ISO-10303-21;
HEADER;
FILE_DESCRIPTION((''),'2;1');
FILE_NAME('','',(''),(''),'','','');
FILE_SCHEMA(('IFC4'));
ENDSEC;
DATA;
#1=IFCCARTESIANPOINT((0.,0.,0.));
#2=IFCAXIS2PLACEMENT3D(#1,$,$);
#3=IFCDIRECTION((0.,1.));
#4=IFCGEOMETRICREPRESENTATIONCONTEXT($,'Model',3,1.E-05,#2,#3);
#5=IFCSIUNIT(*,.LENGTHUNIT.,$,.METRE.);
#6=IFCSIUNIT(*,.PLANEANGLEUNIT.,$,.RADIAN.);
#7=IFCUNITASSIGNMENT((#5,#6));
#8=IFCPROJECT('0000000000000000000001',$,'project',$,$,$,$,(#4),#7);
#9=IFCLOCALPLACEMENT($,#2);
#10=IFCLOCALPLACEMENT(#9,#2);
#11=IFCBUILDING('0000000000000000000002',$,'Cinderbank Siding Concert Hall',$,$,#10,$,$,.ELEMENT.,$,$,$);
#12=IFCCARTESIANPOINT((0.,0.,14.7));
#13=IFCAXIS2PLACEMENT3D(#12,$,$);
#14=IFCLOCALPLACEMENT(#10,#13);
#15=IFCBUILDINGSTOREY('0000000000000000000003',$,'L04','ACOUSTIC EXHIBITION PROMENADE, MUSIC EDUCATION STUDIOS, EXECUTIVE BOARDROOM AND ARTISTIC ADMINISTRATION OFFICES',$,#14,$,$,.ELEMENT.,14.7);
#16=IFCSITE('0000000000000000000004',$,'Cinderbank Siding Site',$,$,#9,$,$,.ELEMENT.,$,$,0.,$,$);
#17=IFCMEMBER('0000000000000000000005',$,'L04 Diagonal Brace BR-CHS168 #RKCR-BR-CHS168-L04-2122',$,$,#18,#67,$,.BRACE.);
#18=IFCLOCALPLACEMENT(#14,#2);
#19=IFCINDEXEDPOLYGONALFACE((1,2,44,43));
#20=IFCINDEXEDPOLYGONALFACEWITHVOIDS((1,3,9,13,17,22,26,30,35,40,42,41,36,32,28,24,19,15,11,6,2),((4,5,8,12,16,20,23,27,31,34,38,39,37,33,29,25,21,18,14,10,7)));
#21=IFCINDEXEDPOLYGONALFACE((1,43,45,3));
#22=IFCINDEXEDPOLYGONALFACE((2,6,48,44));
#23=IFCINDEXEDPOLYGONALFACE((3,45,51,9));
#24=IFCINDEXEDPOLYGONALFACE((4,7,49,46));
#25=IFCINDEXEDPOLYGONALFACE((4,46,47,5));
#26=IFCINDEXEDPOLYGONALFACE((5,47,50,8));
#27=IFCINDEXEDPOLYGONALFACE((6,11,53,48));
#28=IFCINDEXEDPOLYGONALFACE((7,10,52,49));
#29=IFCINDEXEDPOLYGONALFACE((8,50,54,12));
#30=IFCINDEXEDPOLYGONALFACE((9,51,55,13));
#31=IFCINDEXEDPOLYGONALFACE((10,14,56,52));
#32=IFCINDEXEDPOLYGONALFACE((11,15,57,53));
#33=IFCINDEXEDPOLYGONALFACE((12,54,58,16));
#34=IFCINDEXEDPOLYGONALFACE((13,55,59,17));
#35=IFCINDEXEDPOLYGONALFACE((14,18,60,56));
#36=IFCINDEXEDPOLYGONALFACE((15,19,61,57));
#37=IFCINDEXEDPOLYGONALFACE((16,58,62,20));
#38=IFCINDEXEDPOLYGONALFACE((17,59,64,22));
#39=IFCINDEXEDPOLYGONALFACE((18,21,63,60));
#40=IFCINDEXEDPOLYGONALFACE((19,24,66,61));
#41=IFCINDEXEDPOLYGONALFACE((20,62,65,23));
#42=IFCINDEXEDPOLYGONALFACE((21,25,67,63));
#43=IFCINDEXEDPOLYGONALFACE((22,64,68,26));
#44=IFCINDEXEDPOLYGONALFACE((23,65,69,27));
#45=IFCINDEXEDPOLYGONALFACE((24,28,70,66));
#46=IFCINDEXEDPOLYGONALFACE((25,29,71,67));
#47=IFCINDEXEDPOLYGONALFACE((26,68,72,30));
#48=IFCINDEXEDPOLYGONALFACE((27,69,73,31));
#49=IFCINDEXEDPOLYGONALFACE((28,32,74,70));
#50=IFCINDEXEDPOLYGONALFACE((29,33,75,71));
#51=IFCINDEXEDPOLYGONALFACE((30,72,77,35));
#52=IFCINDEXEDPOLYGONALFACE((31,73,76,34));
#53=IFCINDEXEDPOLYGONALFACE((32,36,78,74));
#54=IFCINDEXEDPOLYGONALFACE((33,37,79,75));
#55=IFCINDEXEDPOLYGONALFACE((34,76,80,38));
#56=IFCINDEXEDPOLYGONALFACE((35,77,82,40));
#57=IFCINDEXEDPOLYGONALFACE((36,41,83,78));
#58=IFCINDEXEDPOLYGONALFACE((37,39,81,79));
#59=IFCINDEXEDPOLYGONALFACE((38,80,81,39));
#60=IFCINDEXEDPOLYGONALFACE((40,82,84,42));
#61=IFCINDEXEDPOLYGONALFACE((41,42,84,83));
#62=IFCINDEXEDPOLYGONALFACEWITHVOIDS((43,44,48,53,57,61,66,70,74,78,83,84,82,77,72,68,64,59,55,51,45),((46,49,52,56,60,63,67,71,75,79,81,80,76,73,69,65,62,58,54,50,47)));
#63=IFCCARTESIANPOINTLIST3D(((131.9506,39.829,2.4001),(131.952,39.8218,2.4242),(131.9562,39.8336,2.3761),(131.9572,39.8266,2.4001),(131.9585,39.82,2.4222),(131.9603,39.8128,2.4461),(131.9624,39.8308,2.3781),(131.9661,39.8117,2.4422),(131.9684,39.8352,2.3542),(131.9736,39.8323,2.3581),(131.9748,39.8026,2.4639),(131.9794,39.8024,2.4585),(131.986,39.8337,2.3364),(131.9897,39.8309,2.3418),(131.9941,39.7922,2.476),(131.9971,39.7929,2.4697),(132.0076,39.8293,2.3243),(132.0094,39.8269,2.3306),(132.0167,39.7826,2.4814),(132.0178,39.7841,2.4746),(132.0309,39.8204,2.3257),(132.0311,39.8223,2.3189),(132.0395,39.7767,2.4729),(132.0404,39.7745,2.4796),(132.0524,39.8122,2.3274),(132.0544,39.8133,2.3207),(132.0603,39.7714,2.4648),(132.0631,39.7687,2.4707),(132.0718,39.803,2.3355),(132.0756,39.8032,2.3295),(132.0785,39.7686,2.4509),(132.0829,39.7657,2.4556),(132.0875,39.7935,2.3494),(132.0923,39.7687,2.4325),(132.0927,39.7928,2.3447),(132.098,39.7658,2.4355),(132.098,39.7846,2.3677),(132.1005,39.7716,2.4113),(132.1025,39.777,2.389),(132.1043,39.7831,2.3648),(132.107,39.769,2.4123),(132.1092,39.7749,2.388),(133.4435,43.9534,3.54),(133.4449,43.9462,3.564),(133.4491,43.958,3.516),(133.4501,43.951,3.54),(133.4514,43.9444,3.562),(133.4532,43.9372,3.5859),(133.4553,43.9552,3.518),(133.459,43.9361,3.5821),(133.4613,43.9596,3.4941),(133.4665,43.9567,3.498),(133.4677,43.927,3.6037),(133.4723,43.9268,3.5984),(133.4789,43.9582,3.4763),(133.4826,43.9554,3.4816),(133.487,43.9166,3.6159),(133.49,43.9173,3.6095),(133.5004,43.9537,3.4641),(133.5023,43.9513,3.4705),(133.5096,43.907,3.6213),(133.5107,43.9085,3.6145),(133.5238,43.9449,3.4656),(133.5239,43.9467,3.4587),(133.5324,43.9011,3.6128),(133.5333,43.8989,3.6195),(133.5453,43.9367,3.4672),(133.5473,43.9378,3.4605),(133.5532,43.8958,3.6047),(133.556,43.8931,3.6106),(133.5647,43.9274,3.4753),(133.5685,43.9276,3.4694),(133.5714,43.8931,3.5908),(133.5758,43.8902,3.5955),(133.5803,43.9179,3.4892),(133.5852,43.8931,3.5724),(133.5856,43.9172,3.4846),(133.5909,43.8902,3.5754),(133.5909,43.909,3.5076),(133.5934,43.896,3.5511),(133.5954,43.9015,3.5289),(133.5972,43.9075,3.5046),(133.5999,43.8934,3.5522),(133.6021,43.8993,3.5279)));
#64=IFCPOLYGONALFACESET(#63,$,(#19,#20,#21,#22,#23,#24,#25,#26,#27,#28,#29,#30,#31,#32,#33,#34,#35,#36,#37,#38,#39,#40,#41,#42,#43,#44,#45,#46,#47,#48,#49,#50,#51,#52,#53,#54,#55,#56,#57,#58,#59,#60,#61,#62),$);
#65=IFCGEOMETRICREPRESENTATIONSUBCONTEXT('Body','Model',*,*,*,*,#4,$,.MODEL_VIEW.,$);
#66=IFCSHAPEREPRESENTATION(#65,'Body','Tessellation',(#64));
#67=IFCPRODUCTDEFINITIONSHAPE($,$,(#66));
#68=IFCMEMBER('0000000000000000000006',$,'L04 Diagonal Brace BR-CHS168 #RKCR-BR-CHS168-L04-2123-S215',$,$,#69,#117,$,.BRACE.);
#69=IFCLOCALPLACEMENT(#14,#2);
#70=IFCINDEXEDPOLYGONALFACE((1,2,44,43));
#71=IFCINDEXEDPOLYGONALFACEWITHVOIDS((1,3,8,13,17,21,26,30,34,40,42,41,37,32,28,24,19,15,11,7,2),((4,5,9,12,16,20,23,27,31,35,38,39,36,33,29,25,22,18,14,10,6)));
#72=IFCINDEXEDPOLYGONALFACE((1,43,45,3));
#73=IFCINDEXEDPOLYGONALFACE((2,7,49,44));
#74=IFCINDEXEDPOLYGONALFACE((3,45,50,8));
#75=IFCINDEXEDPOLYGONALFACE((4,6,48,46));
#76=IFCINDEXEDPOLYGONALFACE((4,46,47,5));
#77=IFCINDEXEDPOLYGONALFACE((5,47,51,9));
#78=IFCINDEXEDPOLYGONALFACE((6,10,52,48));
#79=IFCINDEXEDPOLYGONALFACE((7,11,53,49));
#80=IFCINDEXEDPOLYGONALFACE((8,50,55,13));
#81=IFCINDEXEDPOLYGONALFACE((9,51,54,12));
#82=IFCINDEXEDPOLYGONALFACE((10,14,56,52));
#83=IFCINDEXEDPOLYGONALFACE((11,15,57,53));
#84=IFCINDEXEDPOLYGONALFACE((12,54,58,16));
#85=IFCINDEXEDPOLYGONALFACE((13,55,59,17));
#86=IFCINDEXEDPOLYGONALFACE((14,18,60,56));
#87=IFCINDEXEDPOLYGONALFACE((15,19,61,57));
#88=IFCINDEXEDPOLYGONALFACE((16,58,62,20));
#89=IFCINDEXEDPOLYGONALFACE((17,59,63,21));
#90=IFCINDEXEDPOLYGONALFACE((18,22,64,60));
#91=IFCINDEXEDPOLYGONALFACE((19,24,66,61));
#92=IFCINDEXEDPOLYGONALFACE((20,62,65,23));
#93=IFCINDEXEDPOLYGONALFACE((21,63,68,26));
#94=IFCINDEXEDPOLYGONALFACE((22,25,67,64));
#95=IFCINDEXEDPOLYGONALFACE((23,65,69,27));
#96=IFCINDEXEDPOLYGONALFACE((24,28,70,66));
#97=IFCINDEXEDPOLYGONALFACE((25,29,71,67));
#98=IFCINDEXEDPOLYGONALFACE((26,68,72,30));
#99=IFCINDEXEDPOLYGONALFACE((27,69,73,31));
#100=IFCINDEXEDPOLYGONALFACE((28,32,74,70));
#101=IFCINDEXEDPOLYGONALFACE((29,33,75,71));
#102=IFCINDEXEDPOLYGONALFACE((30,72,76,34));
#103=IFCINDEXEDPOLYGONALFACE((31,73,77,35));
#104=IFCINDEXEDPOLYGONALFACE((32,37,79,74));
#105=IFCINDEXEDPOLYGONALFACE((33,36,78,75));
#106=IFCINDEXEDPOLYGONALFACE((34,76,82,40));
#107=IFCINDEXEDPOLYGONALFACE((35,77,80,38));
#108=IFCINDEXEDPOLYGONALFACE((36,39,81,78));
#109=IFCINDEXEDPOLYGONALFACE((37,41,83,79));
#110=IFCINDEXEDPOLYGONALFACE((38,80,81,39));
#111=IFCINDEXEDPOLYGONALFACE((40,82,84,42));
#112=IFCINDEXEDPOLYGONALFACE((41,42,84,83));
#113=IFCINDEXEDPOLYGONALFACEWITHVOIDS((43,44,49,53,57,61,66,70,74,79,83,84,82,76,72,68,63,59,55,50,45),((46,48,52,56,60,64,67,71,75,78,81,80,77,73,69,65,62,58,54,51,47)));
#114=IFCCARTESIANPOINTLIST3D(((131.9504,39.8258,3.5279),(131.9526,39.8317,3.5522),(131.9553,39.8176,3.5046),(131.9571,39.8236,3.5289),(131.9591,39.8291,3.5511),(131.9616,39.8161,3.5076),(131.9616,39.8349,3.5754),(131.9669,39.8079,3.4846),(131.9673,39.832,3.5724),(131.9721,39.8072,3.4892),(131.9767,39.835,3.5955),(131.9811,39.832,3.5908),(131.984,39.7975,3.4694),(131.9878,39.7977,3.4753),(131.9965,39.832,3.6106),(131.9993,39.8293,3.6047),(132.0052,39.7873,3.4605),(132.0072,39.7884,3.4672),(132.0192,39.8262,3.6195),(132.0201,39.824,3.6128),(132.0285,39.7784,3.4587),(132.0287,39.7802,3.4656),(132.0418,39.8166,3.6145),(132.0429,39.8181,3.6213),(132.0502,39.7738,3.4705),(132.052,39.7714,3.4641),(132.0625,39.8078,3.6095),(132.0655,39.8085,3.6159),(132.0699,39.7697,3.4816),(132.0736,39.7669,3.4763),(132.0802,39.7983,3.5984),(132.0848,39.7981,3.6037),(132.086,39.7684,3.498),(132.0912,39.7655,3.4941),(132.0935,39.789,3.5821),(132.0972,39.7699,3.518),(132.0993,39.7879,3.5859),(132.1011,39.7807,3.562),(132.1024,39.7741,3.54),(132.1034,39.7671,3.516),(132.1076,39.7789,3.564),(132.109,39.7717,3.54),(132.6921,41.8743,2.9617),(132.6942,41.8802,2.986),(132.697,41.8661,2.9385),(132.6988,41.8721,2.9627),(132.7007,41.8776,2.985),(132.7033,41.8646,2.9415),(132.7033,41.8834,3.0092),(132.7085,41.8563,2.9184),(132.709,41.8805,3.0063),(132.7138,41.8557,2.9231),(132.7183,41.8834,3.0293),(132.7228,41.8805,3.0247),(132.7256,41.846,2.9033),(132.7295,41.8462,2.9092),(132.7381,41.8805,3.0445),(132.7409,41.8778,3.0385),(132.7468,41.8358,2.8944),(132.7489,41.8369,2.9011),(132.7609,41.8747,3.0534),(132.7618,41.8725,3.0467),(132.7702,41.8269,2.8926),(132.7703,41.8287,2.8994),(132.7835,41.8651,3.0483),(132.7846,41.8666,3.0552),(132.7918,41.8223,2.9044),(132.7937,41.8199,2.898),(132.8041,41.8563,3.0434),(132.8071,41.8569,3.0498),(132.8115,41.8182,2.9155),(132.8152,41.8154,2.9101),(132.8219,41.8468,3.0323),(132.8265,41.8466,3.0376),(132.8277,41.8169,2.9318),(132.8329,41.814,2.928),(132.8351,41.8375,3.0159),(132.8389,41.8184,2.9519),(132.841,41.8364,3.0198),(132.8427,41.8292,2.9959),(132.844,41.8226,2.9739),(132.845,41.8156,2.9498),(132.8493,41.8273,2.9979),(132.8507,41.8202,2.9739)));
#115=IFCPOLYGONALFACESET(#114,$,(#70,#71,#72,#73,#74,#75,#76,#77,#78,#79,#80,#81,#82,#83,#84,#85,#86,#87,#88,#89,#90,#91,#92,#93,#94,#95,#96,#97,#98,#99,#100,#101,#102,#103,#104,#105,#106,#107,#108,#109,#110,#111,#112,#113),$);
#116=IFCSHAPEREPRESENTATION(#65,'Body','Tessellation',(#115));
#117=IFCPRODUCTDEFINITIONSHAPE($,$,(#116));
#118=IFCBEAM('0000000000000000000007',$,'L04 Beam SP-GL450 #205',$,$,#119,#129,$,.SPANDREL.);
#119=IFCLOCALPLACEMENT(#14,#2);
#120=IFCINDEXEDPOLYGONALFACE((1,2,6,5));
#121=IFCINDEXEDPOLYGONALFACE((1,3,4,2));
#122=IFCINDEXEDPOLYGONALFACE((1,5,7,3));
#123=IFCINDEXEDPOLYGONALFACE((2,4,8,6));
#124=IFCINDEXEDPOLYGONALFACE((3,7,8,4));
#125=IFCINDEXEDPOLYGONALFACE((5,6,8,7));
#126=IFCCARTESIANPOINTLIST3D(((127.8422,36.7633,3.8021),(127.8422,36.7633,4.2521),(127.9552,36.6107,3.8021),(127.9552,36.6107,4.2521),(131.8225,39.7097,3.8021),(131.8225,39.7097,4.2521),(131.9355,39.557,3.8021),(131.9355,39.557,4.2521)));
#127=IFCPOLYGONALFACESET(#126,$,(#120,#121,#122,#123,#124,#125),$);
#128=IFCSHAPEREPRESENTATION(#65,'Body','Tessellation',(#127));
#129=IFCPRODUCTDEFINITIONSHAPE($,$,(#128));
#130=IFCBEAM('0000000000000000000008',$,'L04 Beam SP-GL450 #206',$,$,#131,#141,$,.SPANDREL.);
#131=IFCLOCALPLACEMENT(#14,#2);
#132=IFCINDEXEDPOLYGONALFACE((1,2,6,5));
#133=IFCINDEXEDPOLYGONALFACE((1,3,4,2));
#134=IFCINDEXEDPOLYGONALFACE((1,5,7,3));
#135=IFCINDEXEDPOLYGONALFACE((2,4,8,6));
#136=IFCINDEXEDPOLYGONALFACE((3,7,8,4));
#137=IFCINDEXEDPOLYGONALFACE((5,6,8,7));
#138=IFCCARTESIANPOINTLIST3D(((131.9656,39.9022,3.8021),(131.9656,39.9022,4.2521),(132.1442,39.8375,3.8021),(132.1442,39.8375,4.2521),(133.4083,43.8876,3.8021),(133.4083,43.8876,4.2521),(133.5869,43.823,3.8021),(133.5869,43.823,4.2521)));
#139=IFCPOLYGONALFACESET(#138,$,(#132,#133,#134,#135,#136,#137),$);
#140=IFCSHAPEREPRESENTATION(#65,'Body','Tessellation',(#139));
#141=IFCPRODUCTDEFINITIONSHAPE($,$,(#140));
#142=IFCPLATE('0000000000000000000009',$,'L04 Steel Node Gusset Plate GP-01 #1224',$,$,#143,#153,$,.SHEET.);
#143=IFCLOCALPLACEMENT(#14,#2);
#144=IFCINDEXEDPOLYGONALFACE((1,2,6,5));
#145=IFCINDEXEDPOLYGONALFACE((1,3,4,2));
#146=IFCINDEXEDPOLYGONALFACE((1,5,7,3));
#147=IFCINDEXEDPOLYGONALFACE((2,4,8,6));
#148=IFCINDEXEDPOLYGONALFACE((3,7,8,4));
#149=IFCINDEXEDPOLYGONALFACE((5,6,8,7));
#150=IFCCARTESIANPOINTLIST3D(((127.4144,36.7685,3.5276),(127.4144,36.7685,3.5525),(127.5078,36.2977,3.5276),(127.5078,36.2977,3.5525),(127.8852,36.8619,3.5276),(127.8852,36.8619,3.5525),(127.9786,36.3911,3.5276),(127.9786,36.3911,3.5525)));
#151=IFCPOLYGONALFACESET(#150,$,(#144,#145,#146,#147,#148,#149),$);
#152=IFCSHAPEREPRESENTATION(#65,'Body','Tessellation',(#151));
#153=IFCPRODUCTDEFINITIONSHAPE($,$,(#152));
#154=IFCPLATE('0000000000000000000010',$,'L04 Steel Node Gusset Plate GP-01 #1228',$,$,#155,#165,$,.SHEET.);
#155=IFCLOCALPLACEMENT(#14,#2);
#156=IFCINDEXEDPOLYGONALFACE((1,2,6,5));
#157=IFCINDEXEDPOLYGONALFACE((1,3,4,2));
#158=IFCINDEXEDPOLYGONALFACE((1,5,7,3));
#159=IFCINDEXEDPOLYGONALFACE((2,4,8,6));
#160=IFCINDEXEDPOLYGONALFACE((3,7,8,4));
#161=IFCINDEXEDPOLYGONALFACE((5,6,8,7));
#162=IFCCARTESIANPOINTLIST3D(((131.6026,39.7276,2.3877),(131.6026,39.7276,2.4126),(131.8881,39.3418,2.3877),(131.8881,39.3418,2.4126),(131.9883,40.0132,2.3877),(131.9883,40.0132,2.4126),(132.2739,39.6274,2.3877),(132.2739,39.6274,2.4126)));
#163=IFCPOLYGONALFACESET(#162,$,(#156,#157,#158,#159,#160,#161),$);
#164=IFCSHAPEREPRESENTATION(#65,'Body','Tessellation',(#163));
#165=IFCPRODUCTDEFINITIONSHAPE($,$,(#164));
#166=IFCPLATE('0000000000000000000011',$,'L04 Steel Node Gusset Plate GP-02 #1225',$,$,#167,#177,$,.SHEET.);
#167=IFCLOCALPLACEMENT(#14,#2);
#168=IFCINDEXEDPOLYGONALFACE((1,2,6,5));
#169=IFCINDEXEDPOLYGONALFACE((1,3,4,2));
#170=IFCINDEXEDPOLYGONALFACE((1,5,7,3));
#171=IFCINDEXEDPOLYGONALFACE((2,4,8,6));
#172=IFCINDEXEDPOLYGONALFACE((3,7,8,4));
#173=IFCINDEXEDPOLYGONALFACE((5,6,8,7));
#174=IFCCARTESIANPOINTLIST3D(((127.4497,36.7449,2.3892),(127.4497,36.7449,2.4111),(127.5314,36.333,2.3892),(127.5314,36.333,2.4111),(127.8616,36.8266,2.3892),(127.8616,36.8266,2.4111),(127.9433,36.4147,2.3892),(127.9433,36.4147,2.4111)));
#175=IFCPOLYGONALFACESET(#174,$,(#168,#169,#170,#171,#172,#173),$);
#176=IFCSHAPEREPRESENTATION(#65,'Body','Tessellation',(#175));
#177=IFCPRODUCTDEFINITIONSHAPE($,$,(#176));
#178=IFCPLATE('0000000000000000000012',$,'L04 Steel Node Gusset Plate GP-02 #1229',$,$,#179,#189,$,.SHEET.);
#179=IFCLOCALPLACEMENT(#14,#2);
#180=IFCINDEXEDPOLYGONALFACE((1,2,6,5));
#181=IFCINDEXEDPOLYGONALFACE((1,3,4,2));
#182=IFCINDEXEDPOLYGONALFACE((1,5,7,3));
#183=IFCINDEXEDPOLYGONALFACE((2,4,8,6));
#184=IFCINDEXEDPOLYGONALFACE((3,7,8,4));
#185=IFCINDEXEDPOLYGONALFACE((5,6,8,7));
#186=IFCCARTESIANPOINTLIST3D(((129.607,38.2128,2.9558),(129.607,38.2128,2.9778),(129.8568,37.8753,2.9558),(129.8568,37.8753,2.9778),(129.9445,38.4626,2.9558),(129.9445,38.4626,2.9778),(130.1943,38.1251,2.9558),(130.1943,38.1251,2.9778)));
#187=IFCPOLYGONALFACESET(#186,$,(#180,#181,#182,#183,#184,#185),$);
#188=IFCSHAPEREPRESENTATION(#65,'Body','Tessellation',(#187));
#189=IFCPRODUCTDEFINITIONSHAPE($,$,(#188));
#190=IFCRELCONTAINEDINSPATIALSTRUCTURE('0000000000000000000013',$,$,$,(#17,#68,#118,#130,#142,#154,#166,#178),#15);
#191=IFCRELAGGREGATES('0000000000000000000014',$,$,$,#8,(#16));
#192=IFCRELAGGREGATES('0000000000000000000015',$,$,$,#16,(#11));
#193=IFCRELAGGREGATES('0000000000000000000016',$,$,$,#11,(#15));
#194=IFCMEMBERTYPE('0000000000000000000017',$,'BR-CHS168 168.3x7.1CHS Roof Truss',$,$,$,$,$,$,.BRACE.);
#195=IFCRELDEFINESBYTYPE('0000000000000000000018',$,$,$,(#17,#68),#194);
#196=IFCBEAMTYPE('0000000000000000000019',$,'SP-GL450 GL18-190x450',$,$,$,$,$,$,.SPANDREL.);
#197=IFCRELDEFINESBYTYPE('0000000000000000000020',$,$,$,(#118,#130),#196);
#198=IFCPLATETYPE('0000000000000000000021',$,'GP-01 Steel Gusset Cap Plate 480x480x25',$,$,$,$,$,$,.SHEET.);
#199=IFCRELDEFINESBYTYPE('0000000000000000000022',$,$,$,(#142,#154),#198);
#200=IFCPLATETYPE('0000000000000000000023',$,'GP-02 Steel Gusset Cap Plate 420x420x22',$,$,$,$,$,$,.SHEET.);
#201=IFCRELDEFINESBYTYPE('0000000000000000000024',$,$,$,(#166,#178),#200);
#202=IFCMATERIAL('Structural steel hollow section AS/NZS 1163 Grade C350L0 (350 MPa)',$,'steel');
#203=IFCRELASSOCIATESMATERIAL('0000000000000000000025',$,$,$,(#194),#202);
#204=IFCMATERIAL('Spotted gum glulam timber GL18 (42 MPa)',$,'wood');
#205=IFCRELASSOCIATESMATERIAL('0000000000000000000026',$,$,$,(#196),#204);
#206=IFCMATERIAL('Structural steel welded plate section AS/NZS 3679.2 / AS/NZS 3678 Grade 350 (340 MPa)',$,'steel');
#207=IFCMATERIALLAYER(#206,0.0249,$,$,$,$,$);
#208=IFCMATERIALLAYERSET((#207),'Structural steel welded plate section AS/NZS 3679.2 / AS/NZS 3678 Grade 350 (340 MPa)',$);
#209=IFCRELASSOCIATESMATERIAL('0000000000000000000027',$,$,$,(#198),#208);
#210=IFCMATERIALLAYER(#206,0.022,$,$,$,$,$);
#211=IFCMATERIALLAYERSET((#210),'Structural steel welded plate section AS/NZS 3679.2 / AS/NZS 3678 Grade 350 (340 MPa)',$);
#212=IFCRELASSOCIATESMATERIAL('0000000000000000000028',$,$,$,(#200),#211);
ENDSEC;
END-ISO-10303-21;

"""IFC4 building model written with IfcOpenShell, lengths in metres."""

from ifc_helpers import new_model, si_unit, direction, frame, origin, origin_2d, place, context, subcontext, project, spatial, rectangle, hollow_circle, extrude, material, layer, layer_set, material_profile, profile_set, type_object, element, save


model = new_model("IFC4")

# Units and contexts
model_context = context("Model", 3, precision=1e-05, world=origin(), true_north=direction((0.0, 1.0)))
body_context = subcontext(model_context, "Body", "Model", "MODEL_VIEW")
ifc_project = project(units=[si_unit("LENGTHUNIT", "METRE"), si_unit("PLANEANGLEUNIT", "RADIAN")], contexts=[model_context])

# Site, building, storey
site_placement = place(None, origin())
site = spatial("IfcSite", under=ifc_project, at=site_placement, Name="Cinderbank Siding Site", CompositionType="ELEMENT", RefElevation=0.0)
building_placement = place(site_placement, origin())
building = spatial("IfcBuilding", under=site, at=building_placement, Name="Cinderbank Siding Concert Hall", CompositionType="ELEMENT")
storey_placement = place(building_placement, frame((0.0, 0.0, 14.7)))
storey = spatial("IfcBuildingStorey", under=building, at=storey_placement, Name="L04", Description="ACOUSTIC EXHIBITION PROMENADE, MUSIC EDUCATION STUDIOS, EXECUTIVE BOARDROOM AND ARTISTIC ADMINISTRATION OFFICES", CompositionType="ELEMENT", Elevation=14.7)

# Shared definitions
ifc_material_1 = material(Name="Structural steel hollow section AS/NZS 1163 Grade C350L0 (350 MPa)", Category="steel")

# Members
ifc_material_profile_1 = material_profile(ifc_material_1, hollow_circle(Radius=0.0842, WallThickness=0.0071, at=origin_2d()), Name="168.3x7.1CHS", Category="LoadBearing")
ifc_profile_set_1 = profile_set([ifc_material_profile_1], Name="Structural steel hollow section AS/NZS 1163 Grade C350L0 (350 MPa)")
member_type = type_object("IfcMemberType", Name="BR-CHS168 168.3x7.1CHS Roof Truss", PredefinedType="BRACE", material=ifc_profile_set_1)
member_1_placement = place(storey_placement, frame((132.0298, 39.8003, 2.4001), z_axis=(0.329412, 0.91007, 0.251516), x_axis=(-0.940298, 0.340353, 0.0)))
element("IfcMember", 1, at=member_1_placement, inside=storey, type_object=member_type, Name="L04 Diagonal Brace BR-CHS168 #RKCR-BR-CHS168-L04-2122", PredefinedType="BRACE", context=body_context, shape_type="SweptSolid", body=[
    extrude(hollow_circle(Radius=0.0842, WallThickness=0.0071, at=origin_2d()), origin(), (0.0, 0.0, 1.0), 4.532),
])
member_2_placement = place(storey_placement, frame((132.7715, 41.8489, 2.9739), z_axis=(-0.329486, -0.910046, 0.251507), x_axis=(0.94027, -0.340429, 0.0)))
element("IfcMember", 2, at=member_2_placement, inside=storey, type_object=member_type, Name="L04 Diagonal Brace BR-CHS168 #RKCR-BR-CHS168-L04-2123-S215", PredefinedType="BRACE", context=body_context, shape_type="SweptSolid", body=[
    extrude(hollow_circle(Radius=0.0842, WallThickness=0.0071, at=origin_2d()), origin(), (0.0, 0.0, 1.0), 2.251),
])

# Beams
ifc_material_2 = material(Name="Spotted gum glulam timber GL18 (42 MPa)", Category="wood")
ifc_material_profile_2 = material_profile(ifc_material_2, rectangle(XDim=0.1899, YDim=0.45, at=origin_2d()), Name="GL18-190x450", Category="LoadBearing")
ifc_profile_set_2 = profile_set([ifc_material_profile_2], Name="Spotted gum glulam timber GL18 (42 MPa)")
beam_type_1 = type_object("IfcBeamType", Name="SP-GL450 GL18-190x450", PredefinedType="SPANDREL", material=ifc_profile_set_2)
beam_1_placement = place(storey_placement, frame((127.8987, 36.687, 4.0271), z_axis=(0.803753, 0.594963, 0.0), x_axis=(-0.594963, 0.803753, 0.0)))
element("IfcBeam", 3, at=beam_1_placement, inside=storey, type_object=beam_type_1, Name="L04 Beam SP-GL450 #205", PredefinedType="SPANDREL", context=body_context, shape_type="SweptSolid", body=[
    extrude(rectangle(XDim=0.1899, YDim=0.45, at=origin_2d()), origin(), (0.0, 0.0, 1.0), 4.9521),
])
beam_2_placement = place(storey_placement, frame((132.0549, 39.8699, 4.0271), z_axis=(0.340369, 0.940292, 0.0), x_axis=(-0.940292, 0.340369, 0.0)))
element("IfcBeam", 4, at=beam_2_placement, inside=storey, type_object=beam_type_1, Name="L04 Beam SP-GL450 #206", PredefinedType="SPANDREL", context=body_context, shape_type="SweptSolid", body=[
    extrude(rectangle(XDim=0.1899, YDim=0.45, at=origin_2d()), origin(), (0.0, 0.0, 1.0), 4.2385),
])

# Plates
ifc_material_3 = material(Name="Structural steel welded plate section AS/NZS 3679.2 / AS/NZS 3678 Grade 350 (340 MPa)", Category="steel")
ifc_layer_1 = layer(ifc_material_3, 0.0249)
ifc_layer_set_1 = layer_set([ifc_layer_1], Name="Structural steel welded plate section AS/NZS 3679.2 / AS/NZS 3678 Grade 350 (340 MPa)")
plate_type_1 = type_object("IfcPlateType", Name="GP-01 Steel Gusset Cap Plate 480x480x25", PredefinedType="SHEET", material=ifc_layer_set_1)
for number, where, z_axis, x_axis, name in (
    (5, (127.6965, 36.5798, 3.5276), (0.0, 0.0, 1.0), (0.980887, 0.194577, 0.0), "L04 Steel Node Gusset Plate GP-01 #1224"),
    (6, (131.9382, 39.6775, 2.3877), (0.0, 0.0, 1.0), (-0.803753, -0.594963, 0.0), "L04 Steel Node Gusset Plate GP-01 #1228"),
):
    element("IfcPlate", number, at=place(storey_placement, frame(where, z_axis=z_axis, x_axis=x_axis)), inside=storey, type_object=plate_type_1, Name=name, PredefinedType="SHEET", context=body_context, shape_type="SweptSolid", body=[
        extrude(rectangle(XDim=0.48, YDim=0.48, at=origin_2d()), origin(), (0.0, 0.0, 1.0), 0.0249),
    ])
ifc_layer_2 = layer(ifc_material_3, 0.022)
ifc_layer_set_2 = layer_set([ifc_layer_2], Name="Structural steel welded plate section AS/NZS 3679.2 / AS/NZS 3678 Grade 350 (340 MPa)")
plate_type_2 = type_object("IfcPlateType", Name="GP-02 Steel Gusset Cap Plate 420x420x22", PredefinedType="SHEET", material=ifc_layer_set_2)
for number, where, z_axis, x_axis, name in (
    (7, (127.6965, 36.5798, 2.3892), (0.0, 0.0, 1.0), (-0.980887, -0.194577, 0.0), "L04 Steel Node Gusset Plate GP-02 #1225"),
    (8, (129.9006, 38.1689, 2.9558), (0.0, 0.0, 1.0), (-0.803753, -0.594963, 0.0), "L04 Steel Node Gusset Plate GP-02 #1229"),
):
    element("IfcPlate", number, at=place(storey_placement, frame(where, z_axis=z_axis, x_axis=x_axis)), inside=storey, type_object=plate_type_2, Name=name, PredefinedType="SHEET", context=body_context, shape_type="SweptSolid", body=[
        extrude(rectangle(XDim=0.4199, YDim=0.4199, at=origin_2d()), origin(), (0.0, 0.0, 1.0), 0.022),
    ])

save(model, "model.ifc")
